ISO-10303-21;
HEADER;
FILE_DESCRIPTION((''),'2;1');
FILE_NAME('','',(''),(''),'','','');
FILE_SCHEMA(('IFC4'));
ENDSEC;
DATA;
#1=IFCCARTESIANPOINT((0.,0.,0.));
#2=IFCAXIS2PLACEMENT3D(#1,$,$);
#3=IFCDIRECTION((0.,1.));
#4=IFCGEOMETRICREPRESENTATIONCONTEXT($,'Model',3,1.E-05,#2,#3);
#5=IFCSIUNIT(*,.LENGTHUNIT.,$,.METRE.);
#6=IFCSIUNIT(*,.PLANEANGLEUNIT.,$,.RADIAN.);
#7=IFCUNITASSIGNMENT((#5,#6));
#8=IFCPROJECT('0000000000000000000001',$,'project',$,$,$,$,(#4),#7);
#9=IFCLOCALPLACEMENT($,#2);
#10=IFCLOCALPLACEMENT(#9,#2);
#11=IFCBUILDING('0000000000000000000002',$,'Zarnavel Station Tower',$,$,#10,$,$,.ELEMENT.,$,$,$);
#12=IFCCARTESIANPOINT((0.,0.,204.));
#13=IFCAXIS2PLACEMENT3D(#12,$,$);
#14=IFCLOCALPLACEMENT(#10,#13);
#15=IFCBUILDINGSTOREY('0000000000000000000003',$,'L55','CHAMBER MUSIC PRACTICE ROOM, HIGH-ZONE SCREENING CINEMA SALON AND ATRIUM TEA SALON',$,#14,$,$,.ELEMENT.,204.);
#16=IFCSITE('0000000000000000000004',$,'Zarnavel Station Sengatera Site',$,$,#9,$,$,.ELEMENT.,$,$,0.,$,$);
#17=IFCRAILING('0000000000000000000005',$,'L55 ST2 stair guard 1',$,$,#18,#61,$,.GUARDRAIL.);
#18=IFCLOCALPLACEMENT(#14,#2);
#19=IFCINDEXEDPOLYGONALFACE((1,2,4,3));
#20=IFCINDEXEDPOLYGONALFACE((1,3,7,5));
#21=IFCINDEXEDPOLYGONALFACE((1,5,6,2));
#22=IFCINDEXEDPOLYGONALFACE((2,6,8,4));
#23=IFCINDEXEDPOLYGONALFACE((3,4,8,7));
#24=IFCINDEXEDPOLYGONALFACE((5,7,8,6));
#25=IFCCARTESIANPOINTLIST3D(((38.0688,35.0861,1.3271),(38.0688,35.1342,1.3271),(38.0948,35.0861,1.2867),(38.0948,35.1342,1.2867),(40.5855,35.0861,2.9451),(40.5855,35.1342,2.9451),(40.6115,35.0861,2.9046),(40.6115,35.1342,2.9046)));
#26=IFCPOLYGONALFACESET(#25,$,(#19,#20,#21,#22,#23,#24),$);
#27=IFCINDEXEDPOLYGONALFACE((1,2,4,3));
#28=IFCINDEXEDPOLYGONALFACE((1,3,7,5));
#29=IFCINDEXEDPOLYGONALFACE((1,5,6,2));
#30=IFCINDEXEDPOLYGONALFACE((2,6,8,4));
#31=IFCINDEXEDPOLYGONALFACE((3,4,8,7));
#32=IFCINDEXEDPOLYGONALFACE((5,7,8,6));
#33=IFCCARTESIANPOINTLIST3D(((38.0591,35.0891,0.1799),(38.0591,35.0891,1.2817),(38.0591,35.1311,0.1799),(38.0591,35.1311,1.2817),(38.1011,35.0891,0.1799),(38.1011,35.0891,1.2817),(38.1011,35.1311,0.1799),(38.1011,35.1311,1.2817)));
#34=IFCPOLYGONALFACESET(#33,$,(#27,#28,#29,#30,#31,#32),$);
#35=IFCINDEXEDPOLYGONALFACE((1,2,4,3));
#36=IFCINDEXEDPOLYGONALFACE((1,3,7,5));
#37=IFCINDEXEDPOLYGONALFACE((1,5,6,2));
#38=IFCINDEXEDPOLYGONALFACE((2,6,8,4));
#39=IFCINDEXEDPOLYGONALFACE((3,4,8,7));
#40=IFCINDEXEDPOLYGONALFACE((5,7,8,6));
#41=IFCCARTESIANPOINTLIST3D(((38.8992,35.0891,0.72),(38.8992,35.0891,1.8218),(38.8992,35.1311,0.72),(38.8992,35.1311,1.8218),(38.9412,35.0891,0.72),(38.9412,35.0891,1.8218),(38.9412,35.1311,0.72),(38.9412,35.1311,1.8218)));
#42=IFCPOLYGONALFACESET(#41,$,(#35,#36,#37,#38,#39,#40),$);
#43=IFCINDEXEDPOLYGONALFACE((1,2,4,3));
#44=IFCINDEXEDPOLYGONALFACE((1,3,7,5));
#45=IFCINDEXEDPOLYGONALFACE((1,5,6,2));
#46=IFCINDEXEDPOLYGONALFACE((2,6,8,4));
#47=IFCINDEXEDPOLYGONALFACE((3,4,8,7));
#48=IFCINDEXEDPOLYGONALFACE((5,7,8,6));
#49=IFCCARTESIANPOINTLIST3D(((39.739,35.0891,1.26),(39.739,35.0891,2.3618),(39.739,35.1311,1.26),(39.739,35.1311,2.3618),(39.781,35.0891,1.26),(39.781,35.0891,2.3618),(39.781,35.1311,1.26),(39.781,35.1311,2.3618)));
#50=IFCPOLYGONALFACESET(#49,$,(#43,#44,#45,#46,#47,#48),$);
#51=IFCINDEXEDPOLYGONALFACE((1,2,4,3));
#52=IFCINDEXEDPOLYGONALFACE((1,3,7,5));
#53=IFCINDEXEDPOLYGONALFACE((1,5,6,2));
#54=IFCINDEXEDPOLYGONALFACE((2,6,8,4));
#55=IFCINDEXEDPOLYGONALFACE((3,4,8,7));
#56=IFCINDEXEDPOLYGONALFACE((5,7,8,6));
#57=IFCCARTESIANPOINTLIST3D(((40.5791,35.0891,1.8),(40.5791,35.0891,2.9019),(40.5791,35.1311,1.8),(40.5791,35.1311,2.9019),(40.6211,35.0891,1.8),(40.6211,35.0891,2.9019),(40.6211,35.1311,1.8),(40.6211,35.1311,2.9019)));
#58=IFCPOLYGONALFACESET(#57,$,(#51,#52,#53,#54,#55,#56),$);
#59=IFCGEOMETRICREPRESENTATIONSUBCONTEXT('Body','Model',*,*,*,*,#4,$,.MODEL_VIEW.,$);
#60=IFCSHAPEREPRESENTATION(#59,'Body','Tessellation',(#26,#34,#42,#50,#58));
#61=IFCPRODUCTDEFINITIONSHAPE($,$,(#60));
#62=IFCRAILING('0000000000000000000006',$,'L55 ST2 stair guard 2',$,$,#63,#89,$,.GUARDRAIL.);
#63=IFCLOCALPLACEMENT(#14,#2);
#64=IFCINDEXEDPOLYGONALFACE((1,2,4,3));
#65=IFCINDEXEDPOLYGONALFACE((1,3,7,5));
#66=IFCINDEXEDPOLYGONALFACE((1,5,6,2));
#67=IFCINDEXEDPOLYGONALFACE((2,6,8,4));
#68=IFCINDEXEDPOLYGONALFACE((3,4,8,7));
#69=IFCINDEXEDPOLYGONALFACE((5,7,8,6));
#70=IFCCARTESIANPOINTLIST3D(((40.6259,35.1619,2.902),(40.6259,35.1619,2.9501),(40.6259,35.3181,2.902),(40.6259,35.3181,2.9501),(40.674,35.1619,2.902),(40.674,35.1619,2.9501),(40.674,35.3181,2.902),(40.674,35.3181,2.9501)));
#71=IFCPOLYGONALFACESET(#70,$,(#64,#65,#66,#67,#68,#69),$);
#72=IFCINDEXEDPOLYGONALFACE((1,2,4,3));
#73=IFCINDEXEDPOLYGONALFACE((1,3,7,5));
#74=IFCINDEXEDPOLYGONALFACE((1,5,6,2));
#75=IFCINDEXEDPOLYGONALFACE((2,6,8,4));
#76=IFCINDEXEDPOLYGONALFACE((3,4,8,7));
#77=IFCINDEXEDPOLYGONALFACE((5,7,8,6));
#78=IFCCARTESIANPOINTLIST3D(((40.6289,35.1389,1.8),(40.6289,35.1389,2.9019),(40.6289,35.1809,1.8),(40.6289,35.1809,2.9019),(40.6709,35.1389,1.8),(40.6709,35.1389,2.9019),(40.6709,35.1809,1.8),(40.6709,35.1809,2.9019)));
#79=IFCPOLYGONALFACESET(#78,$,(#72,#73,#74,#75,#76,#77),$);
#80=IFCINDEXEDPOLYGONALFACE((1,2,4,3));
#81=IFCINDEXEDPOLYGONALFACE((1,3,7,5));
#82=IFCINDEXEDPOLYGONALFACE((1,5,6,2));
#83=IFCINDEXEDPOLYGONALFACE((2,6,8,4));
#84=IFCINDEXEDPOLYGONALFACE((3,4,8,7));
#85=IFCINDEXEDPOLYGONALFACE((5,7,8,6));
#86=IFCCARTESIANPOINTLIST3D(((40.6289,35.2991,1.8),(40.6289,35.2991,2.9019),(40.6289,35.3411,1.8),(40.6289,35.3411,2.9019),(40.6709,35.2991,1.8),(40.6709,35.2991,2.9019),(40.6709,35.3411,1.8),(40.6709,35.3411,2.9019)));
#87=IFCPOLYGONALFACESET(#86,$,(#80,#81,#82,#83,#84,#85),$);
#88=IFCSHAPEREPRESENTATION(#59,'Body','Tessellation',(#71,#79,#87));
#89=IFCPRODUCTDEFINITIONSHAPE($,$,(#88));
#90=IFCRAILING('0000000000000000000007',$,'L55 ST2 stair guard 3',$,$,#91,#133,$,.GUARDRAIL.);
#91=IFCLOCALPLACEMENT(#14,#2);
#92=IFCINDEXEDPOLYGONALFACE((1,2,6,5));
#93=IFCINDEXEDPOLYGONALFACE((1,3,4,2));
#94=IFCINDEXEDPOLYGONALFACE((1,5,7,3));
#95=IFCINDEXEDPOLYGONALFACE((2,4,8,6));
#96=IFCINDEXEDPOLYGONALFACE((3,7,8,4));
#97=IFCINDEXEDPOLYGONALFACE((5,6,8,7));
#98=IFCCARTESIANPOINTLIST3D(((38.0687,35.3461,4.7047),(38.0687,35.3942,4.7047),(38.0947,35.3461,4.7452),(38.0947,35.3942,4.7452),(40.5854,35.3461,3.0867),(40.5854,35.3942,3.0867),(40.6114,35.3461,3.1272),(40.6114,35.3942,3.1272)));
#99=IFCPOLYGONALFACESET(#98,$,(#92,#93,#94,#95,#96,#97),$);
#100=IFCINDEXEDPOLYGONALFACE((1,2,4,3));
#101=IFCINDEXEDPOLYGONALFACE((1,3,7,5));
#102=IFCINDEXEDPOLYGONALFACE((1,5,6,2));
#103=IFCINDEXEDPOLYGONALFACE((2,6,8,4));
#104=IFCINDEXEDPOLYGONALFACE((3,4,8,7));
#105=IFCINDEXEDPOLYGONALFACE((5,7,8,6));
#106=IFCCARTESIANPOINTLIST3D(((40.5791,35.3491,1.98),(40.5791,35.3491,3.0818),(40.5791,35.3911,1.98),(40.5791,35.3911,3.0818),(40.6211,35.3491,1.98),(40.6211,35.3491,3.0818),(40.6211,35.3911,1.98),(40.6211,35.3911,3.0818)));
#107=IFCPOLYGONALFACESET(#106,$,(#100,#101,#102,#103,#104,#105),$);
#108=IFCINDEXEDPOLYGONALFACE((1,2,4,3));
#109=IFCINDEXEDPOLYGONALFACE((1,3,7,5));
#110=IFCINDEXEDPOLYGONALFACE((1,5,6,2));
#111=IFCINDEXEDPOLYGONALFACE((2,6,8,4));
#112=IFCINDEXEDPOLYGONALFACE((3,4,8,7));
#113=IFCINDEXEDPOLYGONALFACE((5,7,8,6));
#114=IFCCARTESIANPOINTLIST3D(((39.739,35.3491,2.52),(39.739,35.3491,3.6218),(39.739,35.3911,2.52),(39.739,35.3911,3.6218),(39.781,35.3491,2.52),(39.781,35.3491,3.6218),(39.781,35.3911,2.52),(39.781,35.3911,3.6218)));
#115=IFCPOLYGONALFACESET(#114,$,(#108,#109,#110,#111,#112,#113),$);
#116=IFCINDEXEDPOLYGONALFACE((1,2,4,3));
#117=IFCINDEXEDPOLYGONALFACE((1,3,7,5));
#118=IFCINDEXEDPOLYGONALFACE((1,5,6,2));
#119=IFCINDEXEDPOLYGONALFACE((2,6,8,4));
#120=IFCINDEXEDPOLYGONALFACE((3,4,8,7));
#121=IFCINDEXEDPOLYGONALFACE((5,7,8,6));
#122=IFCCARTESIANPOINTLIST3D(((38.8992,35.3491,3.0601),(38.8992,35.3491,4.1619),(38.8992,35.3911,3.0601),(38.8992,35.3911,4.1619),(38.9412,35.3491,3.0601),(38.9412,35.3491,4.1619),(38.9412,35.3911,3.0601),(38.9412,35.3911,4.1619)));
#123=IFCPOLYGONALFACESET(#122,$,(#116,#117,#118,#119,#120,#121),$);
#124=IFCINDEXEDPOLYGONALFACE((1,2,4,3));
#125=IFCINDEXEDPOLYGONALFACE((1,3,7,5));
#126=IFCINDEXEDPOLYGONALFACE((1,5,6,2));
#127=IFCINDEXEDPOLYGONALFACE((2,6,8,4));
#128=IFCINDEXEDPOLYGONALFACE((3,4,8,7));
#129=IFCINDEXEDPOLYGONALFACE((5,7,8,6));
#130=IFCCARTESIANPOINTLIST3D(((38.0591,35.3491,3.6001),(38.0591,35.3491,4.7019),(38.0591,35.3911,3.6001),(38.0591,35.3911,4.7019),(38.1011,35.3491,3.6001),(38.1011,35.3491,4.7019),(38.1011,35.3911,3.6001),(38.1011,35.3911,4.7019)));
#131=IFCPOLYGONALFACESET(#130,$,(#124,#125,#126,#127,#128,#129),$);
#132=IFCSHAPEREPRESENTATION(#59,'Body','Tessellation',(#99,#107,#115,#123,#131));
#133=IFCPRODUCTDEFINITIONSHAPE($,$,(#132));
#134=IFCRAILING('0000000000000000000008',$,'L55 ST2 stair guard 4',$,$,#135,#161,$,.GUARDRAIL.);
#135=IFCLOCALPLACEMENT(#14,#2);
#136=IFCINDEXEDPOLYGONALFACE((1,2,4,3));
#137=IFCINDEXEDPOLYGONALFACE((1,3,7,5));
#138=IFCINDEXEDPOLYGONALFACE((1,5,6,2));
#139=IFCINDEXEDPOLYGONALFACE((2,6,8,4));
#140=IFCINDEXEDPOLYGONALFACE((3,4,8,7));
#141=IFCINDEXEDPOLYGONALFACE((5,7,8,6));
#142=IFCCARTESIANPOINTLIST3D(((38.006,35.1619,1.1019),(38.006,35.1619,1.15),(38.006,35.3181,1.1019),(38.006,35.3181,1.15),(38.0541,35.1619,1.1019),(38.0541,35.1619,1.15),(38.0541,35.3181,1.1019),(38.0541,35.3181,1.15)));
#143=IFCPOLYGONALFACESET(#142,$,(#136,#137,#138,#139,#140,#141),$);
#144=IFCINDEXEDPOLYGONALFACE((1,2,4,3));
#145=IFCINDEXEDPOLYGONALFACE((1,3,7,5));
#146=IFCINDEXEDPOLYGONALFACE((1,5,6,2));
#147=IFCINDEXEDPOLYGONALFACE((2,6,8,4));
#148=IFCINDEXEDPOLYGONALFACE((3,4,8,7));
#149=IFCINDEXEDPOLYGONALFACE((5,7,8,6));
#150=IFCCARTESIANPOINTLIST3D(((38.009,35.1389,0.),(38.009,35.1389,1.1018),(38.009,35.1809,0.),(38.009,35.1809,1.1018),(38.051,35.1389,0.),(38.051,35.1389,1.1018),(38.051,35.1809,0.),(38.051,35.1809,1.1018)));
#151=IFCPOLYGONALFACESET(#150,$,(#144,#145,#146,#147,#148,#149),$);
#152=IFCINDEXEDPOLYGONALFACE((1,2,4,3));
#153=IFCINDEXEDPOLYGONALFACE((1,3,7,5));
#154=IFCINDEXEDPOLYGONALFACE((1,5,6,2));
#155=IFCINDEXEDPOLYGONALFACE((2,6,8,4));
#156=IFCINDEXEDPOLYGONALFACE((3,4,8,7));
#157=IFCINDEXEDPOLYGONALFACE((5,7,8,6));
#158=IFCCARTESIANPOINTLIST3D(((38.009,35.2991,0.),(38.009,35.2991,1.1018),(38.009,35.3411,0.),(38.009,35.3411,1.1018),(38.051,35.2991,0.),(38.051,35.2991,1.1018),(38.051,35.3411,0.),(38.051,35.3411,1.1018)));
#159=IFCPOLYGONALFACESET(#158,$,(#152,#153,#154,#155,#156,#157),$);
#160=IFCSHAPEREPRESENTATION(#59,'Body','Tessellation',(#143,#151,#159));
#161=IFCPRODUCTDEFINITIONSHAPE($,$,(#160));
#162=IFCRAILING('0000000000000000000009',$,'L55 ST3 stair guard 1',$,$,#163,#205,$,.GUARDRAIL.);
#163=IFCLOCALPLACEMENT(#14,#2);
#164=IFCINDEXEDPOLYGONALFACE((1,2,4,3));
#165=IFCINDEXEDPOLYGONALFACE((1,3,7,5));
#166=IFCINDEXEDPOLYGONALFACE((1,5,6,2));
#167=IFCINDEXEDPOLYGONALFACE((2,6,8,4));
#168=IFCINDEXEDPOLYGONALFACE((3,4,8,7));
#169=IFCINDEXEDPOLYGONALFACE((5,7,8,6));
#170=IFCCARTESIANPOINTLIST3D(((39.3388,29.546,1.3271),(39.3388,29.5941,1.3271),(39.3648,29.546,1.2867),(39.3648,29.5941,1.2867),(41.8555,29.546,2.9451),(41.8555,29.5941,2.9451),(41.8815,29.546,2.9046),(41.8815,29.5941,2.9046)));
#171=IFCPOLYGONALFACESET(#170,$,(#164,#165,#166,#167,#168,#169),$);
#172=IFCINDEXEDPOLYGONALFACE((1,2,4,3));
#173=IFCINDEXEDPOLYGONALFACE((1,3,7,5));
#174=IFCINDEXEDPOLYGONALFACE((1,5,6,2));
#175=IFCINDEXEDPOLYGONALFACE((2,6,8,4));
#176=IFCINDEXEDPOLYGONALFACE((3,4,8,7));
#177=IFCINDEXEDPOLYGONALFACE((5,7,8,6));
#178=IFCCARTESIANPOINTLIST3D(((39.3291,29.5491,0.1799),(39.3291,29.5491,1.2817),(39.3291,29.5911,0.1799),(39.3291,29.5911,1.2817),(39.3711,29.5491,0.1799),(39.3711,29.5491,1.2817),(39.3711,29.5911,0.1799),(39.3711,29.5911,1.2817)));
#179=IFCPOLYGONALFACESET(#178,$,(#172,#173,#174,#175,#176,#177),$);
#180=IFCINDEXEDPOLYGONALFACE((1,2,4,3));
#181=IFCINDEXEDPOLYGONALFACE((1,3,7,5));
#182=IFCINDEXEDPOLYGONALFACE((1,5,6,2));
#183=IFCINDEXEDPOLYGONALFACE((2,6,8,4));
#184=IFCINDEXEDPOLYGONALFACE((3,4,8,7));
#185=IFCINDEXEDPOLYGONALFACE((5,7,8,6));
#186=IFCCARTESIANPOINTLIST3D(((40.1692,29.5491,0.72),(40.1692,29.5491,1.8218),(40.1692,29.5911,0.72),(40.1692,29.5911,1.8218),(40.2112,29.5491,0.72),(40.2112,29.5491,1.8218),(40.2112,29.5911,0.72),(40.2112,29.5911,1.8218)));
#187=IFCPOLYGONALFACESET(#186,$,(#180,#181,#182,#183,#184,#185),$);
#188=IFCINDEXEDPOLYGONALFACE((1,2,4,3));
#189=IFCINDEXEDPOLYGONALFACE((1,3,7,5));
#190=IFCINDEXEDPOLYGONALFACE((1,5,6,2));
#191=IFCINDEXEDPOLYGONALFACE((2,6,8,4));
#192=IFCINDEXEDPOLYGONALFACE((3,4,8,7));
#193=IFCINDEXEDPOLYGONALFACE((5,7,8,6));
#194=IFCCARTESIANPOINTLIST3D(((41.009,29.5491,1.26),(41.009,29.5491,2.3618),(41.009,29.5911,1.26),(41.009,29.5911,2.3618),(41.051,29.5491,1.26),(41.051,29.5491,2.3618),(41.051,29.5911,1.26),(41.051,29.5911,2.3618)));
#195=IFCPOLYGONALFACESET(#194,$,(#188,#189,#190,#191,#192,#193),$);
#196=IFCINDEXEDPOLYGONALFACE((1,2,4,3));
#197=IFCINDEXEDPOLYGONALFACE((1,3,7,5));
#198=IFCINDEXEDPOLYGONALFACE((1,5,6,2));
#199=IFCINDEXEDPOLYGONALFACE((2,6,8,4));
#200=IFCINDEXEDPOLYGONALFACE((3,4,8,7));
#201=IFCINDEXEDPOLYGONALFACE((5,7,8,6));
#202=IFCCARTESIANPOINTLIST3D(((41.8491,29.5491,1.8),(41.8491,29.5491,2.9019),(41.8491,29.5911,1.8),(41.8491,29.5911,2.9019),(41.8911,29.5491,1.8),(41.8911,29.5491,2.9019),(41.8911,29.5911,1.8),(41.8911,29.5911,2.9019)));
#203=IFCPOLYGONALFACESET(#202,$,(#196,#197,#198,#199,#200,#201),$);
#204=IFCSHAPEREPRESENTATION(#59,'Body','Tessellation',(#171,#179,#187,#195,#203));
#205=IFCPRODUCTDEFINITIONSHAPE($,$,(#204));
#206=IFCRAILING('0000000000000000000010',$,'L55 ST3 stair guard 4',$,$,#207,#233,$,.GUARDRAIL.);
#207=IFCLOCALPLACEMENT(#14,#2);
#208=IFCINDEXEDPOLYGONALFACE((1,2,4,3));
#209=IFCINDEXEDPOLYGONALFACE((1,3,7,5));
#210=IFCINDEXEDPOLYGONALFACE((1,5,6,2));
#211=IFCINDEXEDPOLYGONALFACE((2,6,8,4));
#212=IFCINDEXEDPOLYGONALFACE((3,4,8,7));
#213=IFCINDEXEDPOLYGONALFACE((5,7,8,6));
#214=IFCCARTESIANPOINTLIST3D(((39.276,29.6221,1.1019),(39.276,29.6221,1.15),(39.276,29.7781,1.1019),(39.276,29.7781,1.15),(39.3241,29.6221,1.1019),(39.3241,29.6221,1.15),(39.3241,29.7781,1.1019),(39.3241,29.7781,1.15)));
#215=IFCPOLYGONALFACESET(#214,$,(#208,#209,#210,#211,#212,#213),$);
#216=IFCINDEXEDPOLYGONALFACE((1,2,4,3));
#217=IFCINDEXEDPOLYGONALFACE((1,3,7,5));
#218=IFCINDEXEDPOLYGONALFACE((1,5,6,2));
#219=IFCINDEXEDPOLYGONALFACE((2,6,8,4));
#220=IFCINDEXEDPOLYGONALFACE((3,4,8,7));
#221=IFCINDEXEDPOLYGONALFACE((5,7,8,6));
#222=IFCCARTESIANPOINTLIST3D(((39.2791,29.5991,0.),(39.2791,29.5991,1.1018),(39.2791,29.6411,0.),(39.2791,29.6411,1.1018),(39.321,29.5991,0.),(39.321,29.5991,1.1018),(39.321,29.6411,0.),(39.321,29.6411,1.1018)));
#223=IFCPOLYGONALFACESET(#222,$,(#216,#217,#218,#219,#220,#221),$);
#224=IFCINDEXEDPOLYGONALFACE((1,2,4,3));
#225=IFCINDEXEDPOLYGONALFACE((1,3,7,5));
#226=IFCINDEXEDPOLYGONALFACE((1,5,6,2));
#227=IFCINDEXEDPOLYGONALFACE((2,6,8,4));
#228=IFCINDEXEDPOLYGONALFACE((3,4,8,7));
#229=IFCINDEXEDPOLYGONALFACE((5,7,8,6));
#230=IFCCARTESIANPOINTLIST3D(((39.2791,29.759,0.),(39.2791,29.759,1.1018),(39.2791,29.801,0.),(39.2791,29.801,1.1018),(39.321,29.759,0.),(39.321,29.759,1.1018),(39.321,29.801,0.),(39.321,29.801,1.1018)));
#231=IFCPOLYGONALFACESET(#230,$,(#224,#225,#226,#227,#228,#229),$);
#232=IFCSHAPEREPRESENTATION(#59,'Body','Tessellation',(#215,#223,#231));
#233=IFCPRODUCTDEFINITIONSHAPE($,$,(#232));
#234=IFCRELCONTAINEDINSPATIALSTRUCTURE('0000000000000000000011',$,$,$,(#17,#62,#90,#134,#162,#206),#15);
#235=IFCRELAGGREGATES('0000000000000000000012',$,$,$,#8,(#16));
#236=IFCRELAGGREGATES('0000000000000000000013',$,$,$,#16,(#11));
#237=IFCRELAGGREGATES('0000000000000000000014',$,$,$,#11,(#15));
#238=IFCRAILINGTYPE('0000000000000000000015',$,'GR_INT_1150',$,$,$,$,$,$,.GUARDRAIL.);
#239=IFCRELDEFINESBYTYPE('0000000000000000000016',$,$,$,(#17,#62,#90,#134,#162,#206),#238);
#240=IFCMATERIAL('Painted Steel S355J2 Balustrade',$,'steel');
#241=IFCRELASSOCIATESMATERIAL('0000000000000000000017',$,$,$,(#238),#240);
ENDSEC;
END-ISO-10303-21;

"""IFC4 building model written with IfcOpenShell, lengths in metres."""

from ifc_helpers import new_model, si_unit, direction, frame, origin, origin_2d, place, context, subcontext, project, spatial, rectangle, extrude, material, type_object, element, save


model = new_model("IFC4")

# Units and contexts
model_context = context("Model", 3, precision=1e-05, world=origin(), true_north=direction((0.0, 1.0)))
body_context = subcontext(model_context, "Body", "Model", "MODEL_VIEW")
ifc_project = project(units=[si_unit("LENGTHUNIT", "METRE"), si_unit("PLANEANGLEUNIT", "RADIAN")], contexts=[model_context])

# Site, building, storey
site_placement = place(None, origin())
site = spatial("IfcSite", under=ifc_project, at=site_placement, Name="Zarnavel Station Sengatera Site", CompositionType="ELEMENT", RefElevation=0.0)
building_placement = place(site_placement, origin())
building = spatial("IfcBuilding", under=site, at=building_placement, Name="Zarnavel Station Tower", CompositionType="ELEMENT")
storey_placement = place(building_placement, frame((0.0, 0.0, 204.0)))
storey = spatial("IfcBuildingStorey", under=building, at=storey_placement, Name="L55", Description="CHAMBER MUSIC PRACTICE ROOM, HIGH-ZONE SCREENING CINEMA SALON AND ATRIUM TEA SALON", CompositionType="ELEMENT", Elevation=204.0)

# Railings
ifc_material_1 = material(Name="Painted Steel S355J2 Balustrade", Category="steel")
railing_type_1 = type_object("IfcRailingType", Name="GR_INT_1150", PredefinedType="GUARDRAIL", material=ifc_material_1)
railing_1_placement = place(storey_placement, frame((38.0801, 35.1101, 0.1799)))
element("IfcRailing", 1, at=railing_1_placement, inside=storey, type_object=railing_type_1, Name="L55 ST2 stair guard 1", PredefinedType="GUARDRAIL", context=body_context, shape_type="SweptSolid", body=[
    extrude(rectangle(XDim=0.0481, YDim=0.0481, at=origin_2d()), frame((0.0017, 0.0, 1.127), z_axis=(0.841163, 0.0, 0.540782), x_axis=(0.0, 1.0, 0.0)), (0.0, 0.0, 1.0), 2.9919),
    extrude(rectangle(XDim=0.042, YDim=0.042, at=origin_2d()), origin(), (0.0, 0.0, 1.0), 1.1018),
    extrude(rectangle(XDim=0.042, YDim=0.042, at=origin_2d()), frame((0.8401, 0.0, 0.54)), (0.0, 0.0, 1.0), 1.1018),
    extrude(rectangle(XDim=0.042, YDim=0.042, at=origin_2d()), frame((1.6799, 0.0, 1.0801)), (0.0, 0.0, 1.0), 1.1018),
    extrude(rectangle(XDim=0.042, YDim=0.042, at=origin_2d()), frame((2.52, 0.0, 1.6201)), (0.0, 0.0, 1.0), 1.1018),
])
railing_2_placement = place(storey_placement, frame((40.6499, 35.1599, 1.8)))
element("IfcRailing", 2, at=railing_2_placement, inside=storey, type_object=railing_type_1, Name="L55 ST2 stair guard 2", PredefinedType="GUARDRAIL", context=body_context, shape_type="SweptSolid", body=[
    extrude(rectangle(XDim=0.0481, YDim=0.0481, at=origin_2d()), frame((0.0, 0.002, 1.126), z_axis=(0.0, 1.0, 0.0), x_axis=(-1.0, 0.0, 0.0)), (0.0, 0.0, 1.0), 0.1562),
    extrude(rectangle(XDim=0.042, YDim=0.042, at=origin_2d()), origin(), (0.0, 0.0, 1.0), 1.1018),
    extrude(rectangle(XDim=0.042, YDim=0.042, at=origin_2d()), frame((0.0, 0.1602, 0.0)), (0.0, 0.0, 1.0), 1.1018),
])
railing_3_placement = place(storey_placement, frame((40.6001, 35.3701, 1.98)))
element("IfcRailing", 3, at=railing_3_placement, inside=storey, type_object=railing_type_1, Name="L55 ST2 stair guard 3", PredefinedType="GUARDRAIL", context=body_context, shape_type="SweptSolid", body=[
    extrude(rectangle(XDim=0.0481, YDim=0.0481, at=origin_2d()), frame((-0.0017, 0.0, 1.127), z_axis=(-0.841163, 0.0, 0.540782), x_axis=(0.0, -1.0, 0.0)), (0.0, 0.0, 1.0), 2.9919),
    extrude(rectangle(XDim=0.042, YDim=0.042, at=origin_2d()), origin(), (0.0, 0.0, 1.0), 1.1018),
    extrude(rectangle(XDim=0.042, YDim=0.042, at=origin_2d()), frame((-0.8401, 0.0, 0.54)), (0.0, 0.0, 1.0), 1.1018),
    extrude(rectangle(XDim=0.042, YDim=0.042, at=origin_2d()), frame((-1.6799, 0.0, 1.0801)), (0.0, 0.0, 1.0), 1.1018),
    extrude(rectangle(XDim=0.042, YDim=0.042, at=origin_2d()), frame((-2.52, 0.0, 1.6201)), (0.0, 0.0, 1.0), 1.1018),
])
railing_4_placement = place(storey_placement, frame((38.03, 35.1599, 0.0)))
element("IfcRailing", 4, at=railing_4_placement, inside=storey, type_object=railing_type_1, Name="L55 ST2 stair guard 4", PredefinedType="GUARDRAIL", context=body_context, shape_type="SweptSolid", body=[
    extrude(rectangle(XDim=0.0481, YDim=0.0481, at=origin_2d()), frame((0.0, 0.002, 1.126), z_axis=(0.0, 1.0, 0.0), x_axis=(-1.0, 0.0, 0.0)), (0.0, 0.0, 1.0), 0.1562),
    extrude(rectangle(XDim=0.042, YDim=0.042, at=origin_2d()), origin(), (0.0, 0.0, 1.0), 1.1018),
    extrude(rectangle(XDim=0.042, YDim=0.042, at=origin_2d()), frame((0.0, 0.1602, 0.0)), (0.0, 0.0, 1.0), 1.1018),
])
railing_5_placement = place(storey_placement, frame((39.3501, 29.5701, 0.1799)))
element("IfcRailing", 5, at=railing_5_placement, inside=storey, type_object=railing_type_1, Name="L55 ST3 stair guard 1", PredefinedType="GUARDRAIL", context=body_context, shape_type="SweptSolid", body=[
    extrude(rectangle(XDim=0.0481, YDim=0.0481, at=origin_2d()), frame((0.0017, 0.0, 1.127), z_axis=(0.841163, 0.0, 0.540782), x_axis=(0.0, 1.0, 0.0)), (0.0, 0.0, 1.0), 2.9919),
    extrude(rectangle(XDim=0.042, YDim=0.042, at=origin_2d()), origin(), (0.0, 0.0, 1.0), 1.1018),
    extrude(rectangle(XDim=0.042, YDim=0.042, at=origin_2d()), frame((0.8401, 0.0, 0.54)), (0.0, 0.0, 1.0), 1.1018),
    extrude(rectangle(XDim=0.042, YDim=0.042, at=origin_2d()), frame((1.6799, 0.0, 1.0801)), (0.0, 0.0, 1.0), 1.1018),
    extrude(rectangle(XDim=0.042, YDim=0.042, at=origin_2d()), frame((2.52, 0.0, 1.6201)), (0.0, 0.0, 1.0), 1.1018),
])
railing_6_placement = place(storey_placement, frame((39.3, 29.6201, 0.0)))
element("IfcRailing", 6, at=railing_6_placement, inside=storey, type_object=railing_type_1, Name="L55 ST3 stair guard 4", PredefinedType="GUARDRAIL", context=body_context, shape_type="SweptSolid", body=[
    extrude(rectangle(XDim=0.0481, YDim=0.0481, at=origin_2d()), frame((0.0, 0.002, 1.126), z_axis=(0.0, 1.0, 0.0), x_axis=(-1.0, 0.0, 0.0)), (0.0, 0.0, 1.0), 0.156),
    extrude(rectangle(XDim=0.042, YDim=0.042, at=origin_2d()), origin(), (0.0, 0.0, 1.0), 1.1018),
    extrude(rectangle(XDim=0.042, YDim=0.042, at=origin_2d()), frame((0.0, 0.1599, 0.0)), (0.0, 0.0, 1.0), 1.1018),
])

save(model, "model.ifc")
